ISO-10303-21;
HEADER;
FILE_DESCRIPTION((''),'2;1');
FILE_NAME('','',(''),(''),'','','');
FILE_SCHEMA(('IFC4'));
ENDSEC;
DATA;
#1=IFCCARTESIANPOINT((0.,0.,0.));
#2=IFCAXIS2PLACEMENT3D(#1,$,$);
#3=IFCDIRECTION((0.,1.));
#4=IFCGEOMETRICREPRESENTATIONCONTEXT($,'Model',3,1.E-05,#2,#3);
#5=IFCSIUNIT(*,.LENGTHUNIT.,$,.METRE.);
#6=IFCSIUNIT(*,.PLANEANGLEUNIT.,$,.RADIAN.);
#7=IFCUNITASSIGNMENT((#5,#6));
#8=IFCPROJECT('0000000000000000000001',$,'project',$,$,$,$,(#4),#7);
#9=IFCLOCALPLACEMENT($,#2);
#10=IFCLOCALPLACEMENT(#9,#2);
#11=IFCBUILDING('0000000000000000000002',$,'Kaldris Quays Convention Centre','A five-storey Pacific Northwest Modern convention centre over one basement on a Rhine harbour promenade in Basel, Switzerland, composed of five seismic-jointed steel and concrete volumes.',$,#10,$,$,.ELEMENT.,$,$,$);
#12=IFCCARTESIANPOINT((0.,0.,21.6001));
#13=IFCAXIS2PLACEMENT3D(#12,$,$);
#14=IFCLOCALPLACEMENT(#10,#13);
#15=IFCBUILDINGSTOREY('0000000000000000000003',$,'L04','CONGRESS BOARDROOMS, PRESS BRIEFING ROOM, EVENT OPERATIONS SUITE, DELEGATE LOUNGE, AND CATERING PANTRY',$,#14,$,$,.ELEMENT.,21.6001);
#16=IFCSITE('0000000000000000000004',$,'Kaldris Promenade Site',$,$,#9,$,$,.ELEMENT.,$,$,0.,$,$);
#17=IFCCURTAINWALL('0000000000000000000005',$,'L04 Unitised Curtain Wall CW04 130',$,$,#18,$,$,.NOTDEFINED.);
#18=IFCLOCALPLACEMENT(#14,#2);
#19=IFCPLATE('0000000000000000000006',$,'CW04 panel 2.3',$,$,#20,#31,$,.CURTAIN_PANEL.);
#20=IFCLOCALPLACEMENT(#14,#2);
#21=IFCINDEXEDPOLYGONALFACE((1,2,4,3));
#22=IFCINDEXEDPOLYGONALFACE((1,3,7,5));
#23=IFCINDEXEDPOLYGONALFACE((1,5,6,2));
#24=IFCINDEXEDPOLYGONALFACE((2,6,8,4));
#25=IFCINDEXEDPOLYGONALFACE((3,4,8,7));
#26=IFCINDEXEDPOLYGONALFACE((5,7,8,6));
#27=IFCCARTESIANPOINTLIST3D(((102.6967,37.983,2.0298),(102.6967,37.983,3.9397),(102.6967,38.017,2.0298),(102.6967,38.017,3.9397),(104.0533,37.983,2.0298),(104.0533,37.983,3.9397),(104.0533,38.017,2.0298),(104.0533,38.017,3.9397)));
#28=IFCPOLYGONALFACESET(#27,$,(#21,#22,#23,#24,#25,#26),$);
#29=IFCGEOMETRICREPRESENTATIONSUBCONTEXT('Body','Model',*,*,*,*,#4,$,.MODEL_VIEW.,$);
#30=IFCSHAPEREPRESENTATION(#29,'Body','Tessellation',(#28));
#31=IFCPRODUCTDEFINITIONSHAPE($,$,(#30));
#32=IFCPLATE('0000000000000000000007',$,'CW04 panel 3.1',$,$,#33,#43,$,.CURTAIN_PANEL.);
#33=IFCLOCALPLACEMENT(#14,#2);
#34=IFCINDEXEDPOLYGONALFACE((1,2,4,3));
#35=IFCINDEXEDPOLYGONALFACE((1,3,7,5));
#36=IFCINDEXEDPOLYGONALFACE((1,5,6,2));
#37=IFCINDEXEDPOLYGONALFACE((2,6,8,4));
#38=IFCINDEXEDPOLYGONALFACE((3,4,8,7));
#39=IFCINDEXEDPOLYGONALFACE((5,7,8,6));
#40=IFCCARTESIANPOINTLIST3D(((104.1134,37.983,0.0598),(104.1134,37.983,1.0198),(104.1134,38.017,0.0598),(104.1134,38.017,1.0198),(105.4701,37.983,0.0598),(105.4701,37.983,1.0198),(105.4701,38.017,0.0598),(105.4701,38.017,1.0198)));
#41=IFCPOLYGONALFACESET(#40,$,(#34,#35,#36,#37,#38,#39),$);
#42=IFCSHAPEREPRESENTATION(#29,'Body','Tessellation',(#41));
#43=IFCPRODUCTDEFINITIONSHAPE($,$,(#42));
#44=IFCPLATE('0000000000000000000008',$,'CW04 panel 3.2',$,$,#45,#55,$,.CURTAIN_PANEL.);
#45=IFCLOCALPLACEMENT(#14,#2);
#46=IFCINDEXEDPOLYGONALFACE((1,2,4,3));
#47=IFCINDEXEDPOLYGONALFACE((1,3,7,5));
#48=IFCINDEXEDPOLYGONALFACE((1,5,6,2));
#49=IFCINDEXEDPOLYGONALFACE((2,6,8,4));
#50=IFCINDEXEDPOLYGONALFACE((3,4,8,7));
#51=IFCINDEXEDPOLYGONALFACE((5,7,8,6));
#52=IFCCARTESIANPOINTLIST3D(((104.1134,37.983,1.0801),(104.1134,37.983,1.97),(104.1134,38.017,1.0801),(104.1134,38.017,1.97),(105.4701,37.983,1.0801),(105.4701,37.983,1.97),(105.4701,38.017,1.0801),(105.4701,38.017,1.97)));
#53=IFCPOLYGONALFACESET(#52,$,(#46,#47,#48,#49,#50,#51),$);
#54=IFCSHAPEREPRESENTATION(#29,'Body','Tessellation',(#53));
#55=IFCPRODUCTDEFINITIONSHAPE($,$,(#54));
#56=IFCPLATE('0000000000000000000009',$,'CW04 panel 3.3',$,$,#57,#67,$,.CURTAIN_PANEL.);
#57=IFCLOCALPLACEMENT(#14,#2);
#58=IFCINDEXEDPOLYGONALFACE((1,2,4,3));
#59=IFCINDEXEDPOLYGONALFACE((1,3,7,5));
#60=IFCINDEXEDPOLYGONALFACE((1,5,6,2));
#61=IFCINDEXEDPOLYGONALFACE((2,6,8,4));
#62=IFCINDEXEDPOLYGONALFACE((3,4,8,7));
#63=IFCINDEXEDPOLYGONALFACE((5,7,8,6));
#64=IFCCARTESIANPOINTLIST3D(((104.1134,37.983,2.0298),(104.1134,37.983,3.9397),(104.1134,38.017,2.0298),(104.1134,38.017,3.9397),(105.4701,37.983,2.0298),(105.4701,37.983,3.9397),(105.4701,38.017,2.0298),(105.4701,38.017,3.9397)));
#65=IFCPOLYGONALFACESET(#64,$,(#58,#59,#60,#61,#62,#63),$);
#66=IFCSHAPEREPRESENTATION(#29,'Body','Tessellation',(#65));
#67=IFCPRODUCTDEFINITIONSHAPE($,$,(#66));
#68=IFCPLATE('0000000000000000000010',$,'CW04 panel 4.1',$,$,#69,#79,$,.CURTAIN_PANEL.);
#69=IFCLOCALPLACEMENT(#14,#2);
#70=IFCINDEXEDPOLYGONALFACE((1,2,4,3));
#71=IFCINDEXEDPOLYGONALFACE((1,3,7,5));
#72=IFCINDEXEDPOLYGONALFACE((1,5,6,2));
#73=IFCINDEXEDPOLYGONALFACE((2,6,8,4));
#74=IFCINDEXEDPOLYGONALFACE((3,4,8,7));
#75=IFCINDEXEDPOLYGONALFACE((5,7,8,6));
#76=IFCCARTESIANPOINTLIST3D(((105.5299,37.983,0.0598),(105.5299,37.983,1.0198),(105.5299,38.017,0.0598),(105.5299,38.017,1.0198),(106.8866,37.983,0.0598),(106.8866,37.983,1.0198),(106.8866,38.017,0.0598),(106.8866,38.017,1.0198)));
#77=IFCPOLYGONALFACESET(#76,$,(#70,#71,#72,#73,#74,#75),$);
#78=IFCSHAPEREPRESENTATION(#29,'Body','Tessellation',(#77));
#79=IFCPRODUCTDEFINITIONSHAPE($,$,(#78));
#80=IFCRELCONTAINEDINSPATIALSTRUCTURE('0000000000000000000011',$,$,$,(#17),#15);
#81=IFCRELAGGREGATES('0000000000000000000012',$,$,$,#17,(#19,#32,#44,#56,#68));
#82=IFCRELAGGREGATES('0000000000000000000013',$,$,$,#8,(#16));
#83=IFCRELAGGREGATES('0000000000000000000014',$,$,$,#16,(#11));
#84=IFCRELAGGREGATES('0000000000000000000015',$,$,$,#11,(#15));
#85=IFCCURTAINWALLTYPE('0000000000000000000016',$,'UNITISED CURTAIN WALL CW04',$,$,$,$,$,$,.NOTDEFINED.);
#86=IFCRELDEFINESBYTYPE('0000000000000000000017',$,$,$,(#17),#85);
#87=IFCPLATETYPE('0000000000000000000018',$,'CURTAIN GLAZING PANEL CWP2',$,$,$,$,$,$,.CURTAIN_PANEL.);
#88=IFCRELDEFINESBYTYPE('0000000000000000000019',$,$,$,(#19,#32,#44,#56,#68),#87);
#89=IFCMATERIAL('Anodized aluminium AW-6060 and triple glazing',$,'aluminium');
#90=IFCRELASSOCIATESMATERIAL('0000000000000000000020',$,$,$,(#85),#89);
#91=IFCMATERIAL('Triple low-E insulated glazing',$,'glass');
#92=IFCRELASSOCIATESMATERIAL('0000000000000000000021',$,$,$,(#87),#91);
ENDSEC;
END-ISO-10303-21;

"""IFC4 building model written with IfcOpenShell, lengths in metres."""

from ifc_helpers import new_model, si_unit, direction, frame, origin, origin_2d, place, context, subcontext, project, spatial, rectangle, extrude, material, type_object, element, aggregate, save


model = new_model("IFC4")

# Units and contexts
model_context = context("Model", 3, precision=1e-05, world=origin(), true_north=direction((0.0, 1.0)))
body_context = subcontext(model_context, "Body", "Model", "MODEL_VIEW")
ifc_project = project(units=[si_unit("LENGTHUNIT", "METRE"), si_unit("PLANEANGLEUNIT", "RADIAN")], contexts=[model_context])

# Site, building, storey
site_placement = place(None, origin())
site = spatial("IfcSite", under=ifc_project, at=site_placement, Name="Kaldris Promenade Site", CompositionType="ELEMENT", RefElevation=0.0)
building_placement = place(site_placement, origin())
building = spatial("IfcBuilding", under=site, at=building_placement, Name="Kaldris Quays Convention Centre", Description="A five-storey Pacific Northwest Modern convention centre over one basement on a Rhine harbour promenade in Basel, Switzerland, composed of five seismic-jointed steel and concrete volumes.", CompositionType="ELEMENT")
storey_placement = place(building_placement, frame((0.0, 0.0, 21.6001)))
storey = spatial("IfcBuildingStorey", under=building, at=storey_placement, Name="L04", Description="CONGRESS BOARDROOMS, PRESS BRIEFING ROOM, EVENT OPERATIONS SUITE, DELEGATE LOUNGE, AND CATERING PANTRY", CompositionType="ELEMENT", Elevation=21.6001)

# Curtain wall, plates
ifc_material_1 = material(Name="Anodized aluminium AW-6060 and triple glazing", Category="aluminium")
curtain_wall_type = type_object("IfcCurtainWallType", Name="UNITISED CURTAIN WALL CW04", PredefinedType="NOTDEFINED", material=ifc_material_1)
curtain_wall_placement = place(storey_placement, origin())
curtain_wall = element("IfcCurtainWall", 1, at=curtain_wall_placement, inside=storey, type_object=curtain_wall_type, Name="L04 Unitised Curtain Wall CW04 130", PredefinedType="NOTDEFINED")
ifc_material_2 = material(Name="Triple low-E insulated glazing", Category="glass")
plate_type = type_object("IfcPlateType", Name="CURTAIN GLAZING PANEL CWP2", PredefinedType="CURTAIN_PANEL", material=ifc_material_2)
plate_1_placement = place(storey_placement, frame((103.375, 38.0, 2.0298), z_axis=(0.0, 0.0, 1.0), x_axis=(1.0, 0.0, 0.0)))
plate_1 = element("IfcPlate", 2, at=plate_1_placement, type_object=plate_type, Name="CW04 panel 2.3", PredefinedType="CURTAIN_PANEL", context=body_context, shape_type="SweptSolid", body=[
    extrude(rectangle(XDim=1.3567, YDim=0.0339, at=origin_2d()), origin(), (0.0, 0.0, 1.0), 1.9099),
])
plate_2_placement = place(storey_placement, frame((104.7917, 38.0, 0.0598), z_axis=(0.0, 0.0, 1.0), x_axis=(1.0, 0.0, 0.0)))
plate_2 = element("IfcPlate", 3, at=plate_2_placement, type_object=plate_type, Name="CW04 panel 3.1", PredefinedType="CURTAIN_PANEL", context=body_context, shape_type="SweptSolid", body=[
    extrude(rectangle(XDim=1.3567, YDim=0.0339, at=origin_2d()), origin(), (0.0, 0.0, 1.0), 0.96),
])
plate_3_placement = place(storey_placement, frame((104.7917, 38.0, 1.0801), z_axis=(0.0, 0.0, 1.0), x_axis=(1.0, 0.0, 0.0)))
plate_3 = element("IfcPlate", 4, at=plate_3_placement, type_object=plate_type, Name="CW04 panel 3.2", PredefinedType="CURTAIN_PANEL", context=body_context, shape_type="SweptSolid", body=[
    extrude(rectangle(XDim=1.3567, YDim=0.0339, at=origin_2d()), origin(), (0.0, 0.0, 1.0), 0.8899),
])
plate_4_placement = place(storey_placement, frame((104.7917, 38.0, 2.0298), z_axis=(0.0, 0.0, 1.0), x_axis=(1.0, 0.0, 0.0)))
plate_4 = element("IfcPlate", 5, at=plate_4_placement, type_object=plate_type, Name="CW04 panel 3.3", PredefinedType="CURTAIN_PANEL", context=body_context, shape_type="SweptSolid", body=[
    extrude(rectangle(XDim=1.3567, YDim=0.0339, at=origin_2d()), origin(), (0.0, 0.0, 1.0), 1.9099),
])
plate_5_placement = place(storey_placement, frame((106.2083, 38.0, 0.0598), z_axis=(0.0, 0.0, 1.0), x_axis=(1.0, 0.0, 0.0)))
plate_5 = element("IfcPlate", 6, at=plate_5_placement, type_object=plate_type, Name="CW04 panel 4.1", PredefinedType="CURTAIN_PANEL", context=body_context, shape_type="SweptSolid", body=[
    extrude(rectangle(XDim=1.3567, YDim=0.0339, at=origin_2d()), origin(), (0.0, 0.0, 1.0), 0.96),
])
aggregate(curtain_wall, [plate_1, plate_2, plate_3, plate_4, plate_5])

save(model, "model.ifc")
